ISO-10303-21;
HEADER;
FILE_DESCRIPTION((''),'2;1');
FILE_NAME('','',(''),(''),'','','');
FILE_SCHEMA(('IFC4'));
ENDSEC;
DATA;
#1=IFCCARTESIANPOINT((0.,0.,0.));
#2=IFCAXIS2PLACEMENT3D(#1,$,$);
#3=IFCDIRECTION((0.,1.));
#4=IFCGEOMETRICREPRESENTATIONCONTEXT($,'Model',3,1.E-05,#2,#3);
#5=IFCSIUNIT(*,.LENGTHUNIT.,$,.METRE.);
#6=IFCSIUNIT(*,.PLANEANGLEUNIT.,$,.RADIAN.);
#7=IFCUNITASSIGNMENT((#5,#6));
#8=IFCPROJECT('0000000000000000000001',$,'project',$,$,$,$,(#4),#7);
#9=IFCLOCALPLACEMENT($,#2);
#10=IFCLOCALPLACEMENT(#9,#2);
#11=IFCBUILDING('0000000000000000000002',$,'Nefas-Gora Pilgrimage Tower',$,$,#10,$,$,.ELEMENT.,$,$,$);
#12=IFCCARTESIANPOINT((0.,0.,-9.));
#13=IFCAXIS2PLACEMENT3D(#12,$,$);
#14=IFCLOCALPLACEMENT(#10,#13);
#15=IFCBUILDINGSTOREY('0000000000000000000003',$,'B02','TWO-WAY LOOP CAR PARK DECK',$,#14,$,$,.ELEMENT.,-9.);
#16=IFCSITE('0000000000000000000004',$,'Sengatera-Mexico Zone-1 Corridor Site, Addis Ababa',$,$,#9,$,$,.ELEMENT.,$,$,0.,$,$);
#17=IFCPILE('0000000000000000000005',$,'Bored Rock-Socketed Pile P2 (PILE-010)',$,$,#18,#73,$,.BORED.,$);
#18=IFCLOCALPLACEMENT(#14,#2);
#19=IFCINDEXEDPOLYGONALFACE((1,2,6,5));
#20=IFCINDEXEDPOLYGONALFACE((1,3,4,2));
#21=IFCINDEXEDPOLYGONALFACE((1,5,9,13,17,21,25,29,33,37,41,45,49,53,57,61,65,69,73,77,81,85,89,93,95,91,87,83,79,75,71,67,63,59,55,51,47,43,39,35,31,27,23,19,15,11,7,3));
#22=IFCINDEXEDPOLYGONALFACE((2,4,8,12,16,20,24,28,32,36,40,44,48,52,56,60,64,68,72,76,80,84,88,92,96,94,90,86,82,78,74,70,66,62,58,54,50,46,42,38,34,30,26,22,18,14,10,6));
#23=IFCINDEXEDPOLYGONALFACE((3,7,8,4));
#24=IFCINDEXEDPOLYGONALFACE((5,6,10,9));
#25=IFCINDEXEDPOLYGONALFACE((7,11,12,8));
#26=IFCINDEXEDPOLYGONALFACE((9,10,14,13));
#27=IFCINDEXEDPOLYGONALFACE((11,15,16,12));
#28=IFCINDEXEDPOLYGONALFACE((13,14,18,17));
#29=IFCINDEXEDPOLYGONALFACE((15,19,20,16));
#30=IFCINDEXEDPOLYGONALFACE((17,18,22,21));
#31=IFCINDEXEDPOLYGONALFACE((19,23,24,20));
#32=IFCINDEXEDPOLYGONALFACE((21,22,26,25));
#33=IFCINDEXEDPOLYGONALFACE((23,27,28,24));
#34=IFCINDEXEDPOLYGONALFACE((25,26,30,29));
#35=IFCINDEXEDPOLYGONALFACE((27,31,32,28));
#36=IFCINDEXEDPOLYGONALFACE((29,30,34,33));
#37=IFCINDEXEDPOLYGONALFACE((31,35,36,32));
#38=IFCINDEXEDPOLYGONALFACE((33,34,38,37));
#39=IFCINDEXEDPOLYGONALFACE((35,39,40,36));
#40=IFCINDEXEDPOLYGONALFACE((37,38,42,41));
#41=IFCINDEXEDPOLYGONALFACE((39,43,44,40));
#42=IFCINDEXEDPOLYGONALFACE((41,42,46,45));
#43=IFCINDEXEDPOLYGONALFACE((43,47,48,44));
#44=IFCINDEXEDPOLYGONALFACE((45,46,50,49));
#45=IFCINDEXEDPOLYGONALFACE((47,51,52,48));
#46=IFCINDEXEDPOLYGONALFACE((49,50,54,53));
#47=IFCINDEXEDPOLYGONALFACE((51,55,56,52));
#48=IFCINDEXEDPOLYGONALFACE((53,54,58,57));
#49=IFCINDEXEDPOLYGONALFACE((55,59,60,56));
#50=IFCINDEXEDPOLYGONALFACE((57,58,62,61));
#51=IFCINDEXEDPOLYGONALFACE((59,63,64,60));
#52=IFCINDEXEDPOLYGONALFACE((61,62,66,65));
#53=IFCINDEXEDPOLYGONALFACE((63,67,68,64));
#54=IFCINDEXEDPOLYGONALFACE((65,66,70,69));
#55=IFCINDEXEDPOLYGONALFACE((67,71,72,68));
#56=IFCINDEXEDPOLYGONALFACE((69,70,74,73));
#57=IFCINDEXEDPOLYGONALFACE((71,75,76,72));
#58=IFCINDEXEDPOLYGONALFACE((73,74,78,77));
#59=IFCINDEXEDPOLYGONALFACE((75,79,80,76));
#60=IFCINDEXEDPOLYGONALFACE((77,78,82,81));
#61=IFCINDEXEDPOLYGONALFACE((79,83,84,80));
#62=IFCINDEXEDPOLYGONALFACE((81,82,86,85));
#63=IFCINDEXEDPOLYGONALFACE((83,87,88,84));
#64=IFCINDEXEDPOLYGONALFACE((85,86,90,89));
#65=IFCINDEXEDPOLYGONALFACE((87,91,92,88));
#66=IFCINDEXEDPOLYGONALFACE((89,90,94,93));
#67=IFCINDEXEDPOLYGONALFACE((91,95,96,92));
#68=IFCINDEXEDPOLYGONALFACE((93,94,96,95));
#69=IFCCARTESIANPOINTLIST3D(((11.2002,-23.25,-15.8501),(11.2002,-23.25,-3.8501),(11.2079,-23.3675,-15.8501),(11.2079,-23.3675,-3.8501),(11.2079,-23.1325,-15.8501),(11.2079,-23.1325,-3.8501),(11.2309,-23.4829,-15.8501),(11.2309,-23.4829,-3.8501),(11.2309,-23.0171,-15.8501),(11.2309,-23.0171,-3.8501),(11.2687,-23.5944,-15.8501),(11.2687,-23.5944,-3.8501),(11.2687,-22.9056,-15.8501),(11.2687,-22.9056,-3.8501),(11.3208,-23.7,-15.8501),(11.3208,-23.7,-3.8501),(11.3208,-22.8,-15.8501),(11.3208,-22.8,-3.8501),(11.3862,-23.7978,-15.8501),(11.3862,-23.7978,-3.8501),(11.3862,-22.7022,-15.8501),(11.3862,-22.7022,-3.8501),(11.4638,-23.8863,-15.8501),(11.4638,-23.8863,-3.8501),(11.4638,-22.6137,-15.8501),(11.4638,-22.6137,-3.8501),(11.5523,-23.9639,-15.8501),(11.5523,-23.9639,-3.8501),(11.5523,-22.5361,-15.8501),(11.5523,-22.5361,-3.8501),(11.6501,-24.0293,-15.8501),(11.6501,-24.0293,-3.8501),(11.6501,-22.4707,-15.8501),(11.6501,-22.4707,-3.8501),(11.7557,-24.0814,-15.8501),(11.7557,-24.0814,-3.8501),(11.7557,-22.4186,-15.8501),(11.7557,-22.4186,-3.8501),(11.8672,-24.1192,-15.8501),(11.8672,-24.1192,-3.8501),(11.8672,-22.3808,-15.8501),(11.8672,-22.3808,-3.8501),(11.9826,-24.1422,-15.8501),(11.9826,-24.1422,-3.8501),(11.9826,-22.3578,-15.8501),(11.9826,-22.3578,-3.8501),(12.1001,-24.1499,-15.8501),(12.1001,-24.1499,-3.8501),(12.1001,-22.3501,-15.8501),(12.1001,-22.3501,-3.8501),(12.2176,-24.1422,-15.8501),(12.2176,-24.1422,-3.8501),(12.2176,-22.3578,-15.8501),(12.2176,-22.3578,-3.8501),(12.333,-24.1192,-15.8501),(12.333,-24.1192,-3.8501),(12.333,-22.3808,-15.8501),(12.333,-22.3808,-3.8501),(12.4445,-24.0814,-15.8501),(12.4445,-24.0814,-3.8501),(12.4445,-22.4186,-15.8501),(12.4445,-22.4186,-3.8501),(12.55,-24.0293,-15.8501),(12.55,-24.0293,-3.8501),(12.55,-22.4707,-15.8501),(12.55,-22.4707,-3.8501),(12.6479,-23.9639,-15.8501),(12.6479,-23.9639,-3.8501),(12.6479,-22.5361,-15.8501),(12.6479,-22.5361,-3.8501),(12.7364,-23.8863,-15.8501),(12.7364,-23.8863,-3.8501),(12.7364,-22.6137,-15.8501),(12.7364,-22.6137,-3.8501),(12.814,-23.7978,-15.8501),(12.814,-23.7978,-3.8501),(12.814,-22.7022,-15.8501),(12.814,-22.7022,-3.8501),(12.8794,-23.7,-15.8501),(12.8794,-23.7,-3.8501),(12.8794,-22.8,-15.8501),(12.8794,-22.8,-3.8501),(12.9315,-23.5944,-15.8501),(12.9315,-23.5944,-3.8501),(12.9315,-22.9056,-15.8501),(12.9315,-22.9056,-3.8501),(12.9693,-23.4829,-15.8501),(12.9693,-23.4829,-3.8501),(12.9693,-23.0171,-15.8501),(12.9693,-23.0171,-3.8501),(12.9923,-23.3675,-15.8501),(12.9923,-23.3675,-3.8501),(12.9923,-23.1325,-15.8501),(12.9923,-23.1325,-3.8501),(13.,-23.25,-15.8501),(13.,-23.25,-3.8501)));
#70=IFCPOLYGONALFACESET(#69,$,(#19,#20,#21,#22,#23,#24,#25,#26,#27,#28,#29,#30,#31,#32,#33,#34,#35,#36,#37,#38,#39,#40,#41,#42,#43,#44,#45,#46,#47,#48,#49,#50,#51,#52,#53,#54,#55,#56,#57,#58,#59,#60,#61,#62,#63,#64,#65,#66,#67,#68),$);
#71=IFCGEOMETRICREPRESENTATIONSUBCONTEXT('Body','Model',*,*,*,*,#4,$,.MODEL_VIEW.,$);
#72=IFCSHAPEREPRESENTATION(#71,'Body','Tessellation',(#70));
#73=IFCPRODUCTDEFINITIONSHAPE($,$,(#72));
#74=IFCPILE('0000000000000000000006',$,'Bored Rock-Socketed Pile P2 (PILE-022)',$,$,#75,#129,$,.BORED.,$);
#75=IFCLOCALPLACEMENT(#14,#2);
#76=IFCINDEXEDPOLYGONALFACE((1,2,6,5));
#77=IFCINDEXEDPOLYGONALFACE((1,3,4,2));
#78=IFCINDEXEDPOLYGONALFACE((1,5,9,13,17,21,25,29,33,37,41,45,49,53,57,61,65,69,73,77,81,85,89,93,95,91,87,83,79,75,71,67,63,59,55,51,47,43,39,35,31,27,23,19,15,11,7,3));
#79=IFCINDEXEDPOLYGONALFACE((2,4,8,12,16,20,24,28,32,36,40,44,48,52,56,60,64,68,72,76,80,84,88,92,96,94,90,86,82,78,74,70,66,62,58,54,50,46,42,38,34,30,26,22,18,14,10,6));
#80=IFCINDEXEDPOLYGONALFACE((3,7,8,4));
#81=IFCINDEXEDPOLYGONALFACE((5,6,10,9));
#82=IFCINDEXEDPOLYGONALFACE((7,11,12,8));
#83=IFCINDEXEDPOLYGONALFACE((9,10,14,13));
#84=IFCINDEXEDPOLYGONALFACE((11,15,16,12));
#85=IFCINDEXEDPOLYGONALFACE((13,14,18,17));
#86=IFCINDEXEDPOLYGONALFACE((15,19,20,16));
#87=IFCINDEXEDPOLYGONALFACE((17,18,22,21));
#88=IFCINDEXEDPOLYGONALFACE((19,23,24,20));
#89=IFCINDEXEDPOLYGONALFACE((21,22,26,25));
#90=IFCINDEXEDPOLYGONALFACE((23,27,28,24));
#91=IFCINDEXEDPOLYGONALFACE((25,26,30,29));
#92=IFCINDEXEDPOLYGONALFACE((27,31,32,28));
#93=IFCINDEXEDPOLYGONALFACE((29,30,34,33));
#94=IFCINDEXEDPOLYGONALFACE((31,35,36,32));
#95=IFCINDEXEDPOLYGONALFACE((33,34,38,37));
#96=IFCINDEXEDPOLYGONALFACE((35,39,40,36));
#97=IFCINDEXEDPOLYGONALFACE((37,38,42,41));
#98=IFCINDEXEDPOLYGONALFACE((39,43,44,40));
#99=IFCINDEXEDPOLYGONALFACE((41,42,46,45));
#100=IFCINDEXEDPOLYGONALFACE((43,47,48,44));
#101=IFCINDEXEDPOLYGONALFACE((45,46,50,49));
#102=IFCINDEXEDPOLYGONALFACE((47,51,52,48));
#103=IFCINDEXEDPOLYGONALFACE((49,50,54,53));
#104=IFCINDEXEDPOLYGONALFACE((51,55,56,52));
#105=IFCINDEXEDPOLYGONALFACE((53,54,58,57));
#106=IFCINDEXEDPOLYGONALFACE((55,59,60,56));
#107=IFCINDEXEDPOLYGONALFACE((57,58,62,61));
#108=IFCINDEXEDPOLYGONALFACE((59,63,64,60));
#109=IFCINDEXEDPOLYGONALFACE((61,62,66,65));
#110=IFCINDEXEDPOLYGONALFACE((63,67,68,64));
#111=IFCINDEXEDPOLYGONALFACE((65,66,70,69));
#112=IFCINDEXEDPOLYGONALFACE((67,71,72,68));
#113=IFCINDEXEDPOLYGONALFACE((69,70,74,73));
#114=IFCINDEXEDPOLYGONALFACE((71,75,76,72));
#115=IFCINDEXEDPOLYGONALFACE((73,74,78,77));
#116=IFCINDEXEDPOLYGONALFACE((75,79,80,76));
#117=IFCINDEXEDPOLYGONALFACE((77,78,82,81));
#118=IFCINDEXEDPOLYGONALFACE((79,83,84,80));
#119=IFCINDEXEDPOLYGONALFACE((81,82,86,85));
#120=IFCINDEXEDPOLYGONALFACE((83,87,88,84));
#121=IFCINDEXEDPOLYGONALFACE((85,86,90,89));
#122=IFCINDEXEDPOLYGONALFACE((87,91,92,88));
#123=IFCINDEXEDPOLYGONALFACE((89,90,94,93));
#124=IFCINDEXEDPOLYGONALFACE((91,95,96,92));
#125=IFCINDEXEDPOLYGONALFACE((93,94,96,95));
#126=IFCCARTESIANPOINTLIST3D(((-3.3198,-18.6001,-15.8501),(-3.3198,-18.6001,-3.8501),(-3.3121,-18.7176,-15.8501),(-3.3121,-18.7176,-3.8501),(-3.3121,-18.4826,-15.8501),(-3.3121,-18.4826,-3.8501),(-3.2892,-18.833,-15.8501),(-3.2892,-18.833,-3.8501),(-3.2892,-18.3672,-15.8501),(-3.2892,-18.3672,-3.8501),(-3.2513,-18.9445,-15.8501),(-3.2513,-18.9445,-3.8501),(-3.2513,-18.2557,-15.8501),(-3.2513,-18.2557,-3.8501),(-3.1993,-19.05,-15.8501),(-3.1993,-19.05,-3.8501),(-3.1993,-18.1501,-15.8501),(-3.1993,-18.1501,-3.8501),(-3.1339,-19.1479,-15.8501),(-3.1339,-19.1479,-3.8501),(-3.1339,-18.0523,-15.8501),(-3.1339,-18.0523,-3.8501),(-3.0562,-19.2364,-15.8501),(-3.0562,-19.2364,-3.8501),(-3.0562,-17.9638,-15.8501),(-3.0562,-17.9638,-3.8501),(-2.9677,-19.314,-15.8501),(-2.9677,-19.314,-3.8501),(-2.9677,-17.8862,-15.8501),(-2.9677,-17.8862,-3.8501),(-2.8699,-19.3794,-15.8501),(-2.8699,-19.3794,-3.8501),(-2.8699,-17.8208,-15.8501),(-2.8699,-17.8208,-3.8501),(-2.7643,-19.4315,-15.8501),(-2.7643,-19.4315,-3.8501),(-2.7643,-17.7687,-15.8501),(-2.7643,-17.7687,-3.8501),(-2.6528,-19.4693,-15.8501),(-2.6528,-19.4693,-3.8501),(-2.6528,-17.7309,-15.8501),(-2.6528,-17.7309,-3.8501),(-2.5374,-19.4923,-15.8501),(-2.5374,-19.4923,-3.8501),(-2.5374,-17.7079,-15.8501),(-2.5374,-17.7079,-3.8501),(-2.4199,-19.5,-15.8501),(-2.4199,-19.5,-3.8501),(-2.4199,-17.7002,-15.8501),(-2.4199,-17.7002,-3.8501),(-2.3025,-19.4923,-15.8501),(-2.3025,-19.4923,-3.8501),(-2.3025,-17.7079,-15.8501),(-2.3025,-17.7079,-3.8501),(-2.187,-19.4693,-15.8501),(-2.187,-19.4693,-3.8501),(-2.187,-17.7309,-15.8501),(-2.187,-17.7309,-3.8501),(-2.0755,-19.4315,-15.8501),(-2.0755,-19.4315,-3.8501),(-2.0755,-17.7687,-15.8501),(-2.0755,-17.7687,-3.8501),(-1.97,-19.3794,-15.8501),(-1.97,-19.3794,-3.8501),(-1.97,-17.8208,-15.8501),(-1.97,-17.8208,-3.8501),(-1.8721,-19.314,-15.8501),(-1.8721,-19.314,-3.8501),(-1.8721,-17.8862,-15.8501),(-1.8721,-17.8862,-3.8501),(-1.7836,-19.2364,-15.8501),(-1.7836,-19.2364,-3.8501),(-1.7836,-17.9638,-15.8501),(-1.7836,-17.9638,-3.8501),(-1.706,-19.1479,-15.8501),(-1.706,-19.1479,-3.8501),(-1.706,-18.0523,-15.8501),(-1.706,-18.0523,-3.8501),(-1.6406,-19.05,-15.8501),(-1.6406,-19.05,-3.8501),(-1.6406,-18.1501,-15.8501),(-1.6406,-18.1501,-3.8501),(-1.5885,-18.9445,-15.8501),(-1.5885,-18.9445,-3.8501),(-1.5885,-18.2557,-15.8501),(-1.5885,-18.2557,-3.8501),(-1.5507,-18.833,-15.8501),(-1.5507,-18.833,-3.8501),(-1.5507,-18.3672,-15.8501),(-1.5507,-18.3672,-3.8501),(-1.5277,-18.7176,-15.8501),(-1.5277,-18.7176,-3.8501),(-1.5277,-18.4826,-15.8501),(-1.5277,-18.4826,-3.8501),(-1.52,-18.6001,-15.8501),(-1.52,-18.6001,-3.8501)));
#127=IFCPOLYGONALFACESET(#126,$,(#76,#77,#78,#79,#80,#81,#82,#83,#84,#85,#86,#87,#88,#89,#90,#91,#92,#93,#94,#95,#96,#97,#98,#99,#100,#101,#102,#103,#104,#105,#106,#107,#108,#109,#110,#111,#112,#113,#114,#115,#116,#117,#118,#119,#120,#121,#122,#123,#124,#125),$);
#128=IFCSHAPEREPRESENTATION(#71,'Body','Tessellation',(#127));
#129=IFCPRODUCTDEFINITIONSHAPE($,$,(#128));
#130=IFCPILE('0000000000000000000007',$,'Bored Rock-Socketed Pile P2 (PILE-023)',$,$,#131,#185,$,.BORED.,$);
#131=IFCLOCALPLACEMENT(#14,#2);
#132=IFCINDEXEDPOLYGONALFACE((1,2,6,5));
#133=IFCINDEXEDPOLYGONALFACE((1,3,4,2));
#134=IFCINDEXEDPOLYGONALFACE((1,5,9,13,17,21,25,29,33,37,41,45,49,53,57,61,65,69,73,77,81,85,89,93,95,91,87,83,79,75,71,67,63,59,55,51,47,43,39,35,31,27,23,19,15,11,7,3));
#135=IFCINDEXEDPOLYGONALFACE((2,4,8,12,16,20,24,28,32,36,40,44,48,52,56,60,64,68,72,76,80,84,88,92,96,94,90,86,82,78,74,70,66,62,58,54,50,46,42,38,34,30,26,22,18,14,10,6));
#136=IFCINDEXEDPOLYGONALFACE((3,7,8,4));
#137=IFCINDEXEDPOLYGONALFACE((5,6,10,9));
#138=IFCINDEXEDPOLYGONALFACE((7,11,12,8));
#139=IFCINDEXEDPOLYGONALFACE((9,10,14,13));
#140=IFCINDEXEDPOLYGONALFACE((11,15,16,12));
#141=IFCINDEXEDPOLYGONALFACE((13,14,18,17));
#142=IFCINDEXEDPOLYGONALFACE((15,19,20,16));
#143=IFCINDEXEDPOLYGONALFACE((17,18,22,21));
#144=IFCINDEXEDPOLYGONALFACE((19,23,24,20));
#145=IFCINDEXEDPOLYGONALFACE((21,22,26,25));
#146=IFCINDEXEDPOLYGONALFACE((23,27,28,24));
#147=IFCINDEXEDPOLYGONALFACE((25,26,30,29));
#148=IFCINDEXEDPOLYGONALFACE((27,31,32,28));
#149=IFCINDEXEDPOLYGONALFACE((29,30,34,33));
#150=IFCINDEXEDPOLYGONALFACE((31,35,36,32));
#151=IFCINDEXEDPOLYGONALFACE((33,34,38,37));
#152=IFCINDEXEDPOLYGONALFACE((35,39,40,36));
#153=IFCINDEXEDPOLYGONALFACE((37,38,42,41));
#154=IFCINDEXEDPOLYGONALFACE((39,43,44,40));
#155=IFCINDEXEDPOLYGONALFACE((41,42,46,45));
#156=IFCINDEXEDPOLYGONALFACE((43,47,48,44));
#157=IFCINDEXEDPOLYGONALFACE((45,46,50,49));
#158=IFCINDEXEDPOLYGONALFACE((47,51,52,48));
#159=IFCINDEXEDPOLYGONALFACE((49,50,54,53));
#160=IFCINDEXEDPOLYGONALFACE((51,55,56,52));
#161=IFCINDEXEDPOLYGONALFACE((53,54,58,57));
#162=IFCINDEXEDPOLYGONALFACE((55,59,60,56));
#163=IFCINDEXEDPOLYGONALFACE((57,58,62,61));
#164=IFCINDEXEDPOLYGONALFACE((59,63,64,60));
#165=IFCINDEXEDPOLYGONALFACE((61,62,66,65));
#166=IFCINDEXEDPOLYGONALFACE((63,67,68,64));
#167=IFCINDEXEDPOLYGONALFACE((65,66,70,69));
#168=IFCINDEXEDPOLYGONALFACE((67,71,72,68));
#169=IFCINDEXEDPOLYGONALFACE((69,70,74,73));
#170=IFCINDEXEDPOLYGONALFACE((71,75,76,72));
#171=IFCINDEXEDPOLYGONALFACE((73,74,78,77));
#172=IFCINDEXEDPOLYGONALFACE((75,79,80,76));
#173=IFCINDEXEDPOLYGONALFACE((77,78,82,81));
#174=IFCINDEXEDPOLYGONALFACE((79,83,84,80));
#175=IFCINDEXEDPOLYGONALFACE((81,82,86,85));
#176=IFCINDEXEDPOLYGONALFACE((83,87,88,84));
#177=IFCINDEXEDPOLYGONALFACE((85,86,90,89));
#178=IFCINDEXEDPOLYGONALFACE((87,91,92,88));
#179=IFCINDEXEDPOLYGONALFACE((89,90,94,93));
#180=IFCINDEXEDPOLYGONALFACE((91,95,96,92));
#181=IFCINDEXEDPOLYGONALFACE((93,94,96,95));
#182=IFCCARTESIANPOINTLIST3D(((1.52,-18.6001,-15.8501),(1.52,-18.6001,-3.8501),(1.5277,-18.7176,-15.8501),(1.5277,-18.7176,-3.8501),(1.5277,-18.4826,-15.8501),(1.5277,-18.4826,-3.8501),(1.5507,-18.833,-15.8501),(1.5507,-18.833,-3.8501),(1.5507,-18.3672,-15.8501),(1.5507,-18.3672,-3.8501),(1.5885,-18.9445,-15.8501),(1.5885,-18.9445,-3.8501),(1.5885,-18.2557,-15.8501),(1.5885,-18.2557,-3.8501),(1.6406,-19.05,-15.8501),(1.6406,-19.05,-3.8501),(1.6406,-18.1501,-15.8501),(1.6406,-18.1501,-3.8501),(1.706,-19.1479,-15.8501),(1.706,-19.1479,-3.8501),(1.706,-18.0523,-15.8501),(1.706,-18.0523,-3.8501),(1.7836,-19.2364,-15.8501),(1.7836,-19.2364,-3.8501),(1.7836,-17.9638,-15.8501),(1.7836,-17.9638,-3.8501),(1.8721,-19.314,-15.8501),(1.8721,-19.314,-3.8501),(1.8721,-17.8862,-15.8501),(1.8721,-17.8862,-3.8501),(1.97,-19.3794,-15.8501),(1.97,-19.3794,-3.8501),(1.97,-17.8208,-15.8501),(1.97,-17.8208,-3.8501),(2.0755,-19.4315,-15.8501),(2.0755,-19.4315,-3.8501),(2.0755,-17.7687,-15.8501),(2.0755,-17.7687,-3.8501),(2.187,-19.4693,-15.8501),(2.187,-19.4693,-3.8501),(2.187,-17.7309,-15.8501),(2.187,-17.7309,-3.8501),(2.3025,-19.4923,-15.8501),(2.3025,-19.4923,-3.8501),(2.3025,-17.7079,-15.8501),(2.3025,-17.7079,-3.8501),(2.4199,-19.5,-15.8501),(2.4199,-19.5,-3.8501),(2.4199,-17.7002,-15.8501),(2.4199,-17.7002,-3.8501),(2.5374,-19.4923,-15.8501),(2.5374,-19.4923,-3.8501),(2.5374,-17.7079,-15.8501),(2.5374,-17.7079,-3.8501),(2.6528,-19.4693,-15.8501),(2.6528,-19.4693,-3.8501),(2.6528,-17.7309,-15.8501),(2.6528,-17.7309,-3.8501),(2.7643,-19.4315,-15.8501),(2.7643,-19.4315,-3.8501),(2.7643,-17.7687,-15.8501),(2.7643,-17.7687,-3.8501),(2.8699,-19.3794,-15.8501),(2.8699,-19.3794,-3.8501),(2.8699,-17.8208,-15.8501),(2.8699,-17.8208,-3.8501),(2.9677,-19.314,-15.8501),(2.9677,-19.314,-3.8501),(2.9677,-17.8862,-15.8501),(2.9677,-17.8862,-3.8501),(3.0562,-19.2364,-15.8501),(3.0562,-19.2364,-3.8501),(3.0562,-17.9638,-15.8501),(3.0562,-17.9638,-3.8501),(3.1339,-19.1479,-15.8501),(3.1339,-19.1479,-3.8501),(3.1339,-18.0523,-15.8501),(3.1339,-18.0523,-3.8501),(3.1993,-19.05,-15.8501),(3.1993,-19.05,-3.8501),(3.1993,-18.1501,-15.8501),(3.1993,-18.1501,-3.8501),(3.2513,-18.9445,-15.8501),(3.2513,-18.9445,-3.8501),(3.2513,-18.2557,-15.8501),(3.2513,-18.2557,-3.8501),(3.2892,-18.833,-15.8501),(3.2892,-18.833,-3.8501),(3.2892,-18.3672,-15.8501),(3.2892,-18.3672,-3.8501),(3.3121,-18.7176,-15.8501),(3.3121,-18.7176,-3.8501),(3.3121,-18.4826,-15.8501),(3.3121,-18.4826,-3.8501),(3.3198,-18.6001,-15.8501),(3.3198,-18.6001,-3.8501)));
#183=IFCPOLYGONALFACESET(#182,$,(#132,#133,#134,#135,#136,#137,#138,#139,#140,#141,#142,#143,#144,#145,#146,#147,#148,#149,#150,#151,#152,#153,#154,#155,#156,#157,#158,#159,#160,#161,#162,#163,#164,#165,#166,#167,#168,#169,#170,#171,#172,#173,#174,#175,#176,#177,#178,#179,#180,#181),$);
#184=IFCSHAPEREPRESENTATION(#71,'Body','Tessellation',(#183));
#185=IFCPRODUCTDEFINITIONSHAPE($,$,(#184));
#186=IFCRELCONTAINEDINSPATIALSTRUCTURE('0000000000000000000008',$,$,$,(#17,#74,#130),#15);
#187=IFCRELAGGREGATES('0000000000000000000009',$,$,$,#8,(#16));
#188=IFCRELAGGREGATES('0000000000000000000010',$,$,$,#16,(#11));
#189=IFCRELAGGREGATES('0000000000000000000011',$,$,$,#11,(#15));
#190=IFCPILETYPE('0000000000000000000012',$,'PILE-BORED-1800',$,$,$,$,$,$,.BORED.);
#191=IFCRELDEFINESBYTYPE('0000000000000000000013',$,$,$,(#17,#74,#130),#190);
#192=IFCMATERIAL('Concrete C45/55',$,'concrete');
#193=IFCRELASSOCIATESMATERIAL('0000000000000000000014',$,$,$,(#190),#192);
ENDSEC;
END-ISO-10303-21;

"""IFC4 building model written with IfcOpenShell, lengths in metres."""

from ifc_helpers import new_model, si_unit, direction, frame, origin, origin_2d, place, context, subcontext, project, spatial, circle, extrude, source, transform, mapped, material, material_profile, profile_set, type_object, element, save


model = new_model("IFC4")

# Units and contexts
model_context = context("Model", 3, precision=1e-05, world=origin(), true_north=direction((0.0, 1.0)))
body_context = subcontext(model_context, "Body", "Model", "MODEL_VIEW")
ifc_project = project(units=[si_unit("LENGTHUNIT", "METRE"), si_unit("PLANEANGLEUNIT", "RADIAN")], contexts=[model_context])

# Site, building, storey
site_placement = place(None, origin())
site = spatial("IfcSite", under=ifc_project, at=site_placement, Name="Sengatera-Mexico Zone-1 Corridor Site, Addis Ababa", CompositionType="ELEMENT", RefElevation=0.0)
building_placement = place(site_placement, origin())
building = spatial("IfcBuilding", under=site, at=building_placement, Name="Nefas-Gora Pilgrimage Tower", CompositionType="ELEMENT")
storey_placement = place(building_placement, frame((0.0, 0.0, -9.0)))
storey = spatial("IfcBuildingStorey", under=building, at=storey_placement, Name="B02", Description="TWO-WAY LOOP CAR PARK DECK", CompositionType="ELEMENT", Elevation=-9.0)

# Piles
ifc_material_1 = material(Name="Concrete C45/55", Category="concrete")
ifc_material_profile_1 = material_profile(ifc_material_1, circle(Radius=0.8999, at=origin_2d()), Name="PILE D1800")
ifc_profile_set_1 = profile_set([ifc_material_profile_1], Name="Concrete C45/55")
pile_type_1 = type_object("IfcPileType", Name="PILE-BORED-1800", PredefinedType="BORED", material=ifc_profile_set_1)
shared_shape_1 = source(origin(), body_context, "Body", "SweptSolid", [
    extrude(circle(Radius=0.8999, at=origin_2d()), origin(), (0.0, 0.0, 1.0), 12.0),
])
for number, where, z_axis, x_axis, name in (
    (1, (12.1001, -23.25, -3.8501), (0.0, 0.0, -1.0), (1.0, 0.0, 0.0), "Bored Rock-Socketed Pile P2 (PILE-010)"),
    (2, (-2.4199, -18.6001, -3.8501), (0.0, 0.0, -1.0), (1.0, 0.0, 0.0), "Bored Rock-Socketed Pile P2 (PILE-022)"),
    (3, (2.4199, -18.6001, -3.8501), (0.0, 0.0, -1.0), (1.0, 0.0, 0.0), "Bored Rock-Socketed Pile P2 (PILE-023)"),
):
    element("IfcPile", number, at=place(storey_placement, frame(where, z_axis=z_axis, x_axis=x_axis)), inside=storey, type_object=pile_type_1, Name=name, PredefinedType="BORED", context=body_context, shape_type="MappedRepresentation", body=[
        mapped(shared_shape_1, transform((0.0, 0.0, 0.0), x_axis=(1.0, 0.0, 0.0), y_axis=(0.0, 1.0, 0.0), z_axis=(0.0, 0.0, 1.0), scale=1.0)),
    ])

save(model, "model.ifc")
